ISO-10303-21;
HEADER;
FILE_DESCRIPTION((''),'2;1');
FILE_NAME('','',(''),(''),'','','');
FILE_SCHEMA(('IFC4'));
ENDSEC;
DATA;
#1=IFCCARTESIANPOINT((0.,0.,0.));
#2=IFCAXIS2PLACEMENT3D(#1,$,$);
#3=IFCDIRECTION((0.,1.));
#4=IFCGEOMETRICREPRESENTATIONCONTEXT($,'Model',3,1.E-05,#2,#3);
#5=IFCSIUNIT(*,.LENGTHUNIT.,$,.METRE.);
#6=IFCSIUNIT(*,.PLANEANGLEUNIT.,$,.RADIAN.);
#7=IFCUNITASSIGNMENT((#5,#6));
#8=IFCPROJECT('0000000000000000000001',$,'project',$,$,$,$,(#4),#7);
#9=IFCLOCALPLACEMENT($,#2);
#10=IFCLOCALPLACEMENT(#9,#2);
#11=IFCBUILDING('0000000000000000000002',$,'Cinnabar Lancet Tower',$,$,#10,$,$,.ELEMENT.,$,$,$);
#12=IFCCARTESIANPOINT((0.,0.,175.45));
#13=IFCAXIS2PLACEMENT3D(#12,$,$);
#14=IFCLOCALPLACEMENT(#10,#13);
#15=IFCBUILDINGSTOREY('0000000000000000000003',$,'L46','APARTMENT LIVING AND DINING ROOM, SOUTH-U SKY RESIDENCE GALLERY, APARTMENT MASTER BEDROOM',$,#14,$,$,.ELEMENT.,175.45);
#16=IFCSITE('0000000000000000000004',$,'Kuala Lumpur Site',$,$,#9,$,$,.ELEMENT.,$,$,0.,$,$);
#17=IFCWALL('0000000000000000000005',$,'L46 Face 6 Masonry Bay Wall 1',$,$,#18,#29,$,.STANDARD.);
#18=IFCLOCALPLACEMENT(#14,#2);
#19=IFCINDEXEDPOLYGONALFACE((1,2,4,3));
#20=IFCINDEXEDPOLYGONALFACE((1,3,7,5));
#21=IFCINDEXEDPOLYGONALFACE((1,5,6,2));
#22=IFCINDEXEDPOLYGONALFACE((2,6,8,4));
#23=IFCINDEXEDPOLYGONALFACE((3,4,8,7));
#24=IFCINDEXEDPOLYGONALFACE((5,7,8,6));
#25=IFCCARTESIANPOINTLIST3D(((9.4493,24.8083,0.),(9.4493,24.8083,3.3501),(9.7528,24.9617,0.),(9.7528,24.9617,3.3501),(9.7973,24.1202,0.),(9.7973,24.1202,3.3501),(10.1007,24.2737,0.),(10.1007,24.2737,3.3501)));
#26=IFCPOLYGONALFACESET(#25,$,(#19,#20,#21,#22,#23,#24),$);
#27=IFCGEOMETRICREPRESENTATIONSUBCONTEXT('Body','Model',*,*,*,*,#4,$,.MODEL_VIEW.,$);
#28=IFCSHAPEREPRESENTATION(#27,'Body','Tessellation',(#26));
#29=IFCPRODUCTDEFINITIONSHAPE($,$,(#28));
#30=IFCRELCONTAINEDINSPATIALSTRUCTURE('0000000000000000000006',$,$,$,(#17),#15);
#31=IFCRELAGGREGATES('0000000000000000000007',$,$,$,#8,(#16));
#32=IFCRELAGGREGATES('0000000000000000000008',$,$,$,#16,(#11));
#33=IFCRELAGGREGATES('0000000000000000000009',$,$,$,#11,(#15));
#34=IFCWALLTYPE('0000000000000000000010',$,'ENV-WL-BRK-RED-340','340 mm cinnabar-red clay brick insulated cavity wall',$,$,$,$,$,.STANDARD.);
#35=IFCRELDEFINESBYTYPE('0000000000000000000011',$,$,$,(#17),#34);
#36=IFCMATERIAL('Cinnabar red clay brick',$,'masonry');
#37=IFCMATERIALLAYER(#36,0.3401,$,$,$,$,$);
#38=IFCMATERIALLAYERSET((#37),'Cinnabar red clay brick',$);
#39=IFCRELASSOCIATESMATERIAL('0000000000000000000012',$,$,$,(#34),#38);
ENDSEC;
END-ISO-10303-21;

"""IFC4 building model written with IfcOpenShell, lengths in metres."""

from ifc_helpers import new_model, si_unit, direction, frame, frame_2d, origin, place, context, subcontext, project, spatial, rectangle, extrude, material, layer, layer_set, type_object, element, save


model = new_model("IFC4")

# Units and contexts
model_context = context("Model", 3, precision=1e-05, world=origin(), true_north=direction((0.0, 1.0)))
body_context = subcontext(model_context, "Body", "Model", "MODEL_VIEW")
ifc_project = project(units=[si_unit("LENGTHUNIT", "METRE"), si_unit("PLANEANGLEUNIT", "RADIAN")], contexts=[model_context])

# Site, building, storey
site_placement = place(None, origin())
site = spatial("IfcSite", under=ifc_project, at=site_placement, Name="Kuala Lumpur Site", CompositionType="ELEMENT", RefElevation=0.0)
building_placement = place(site_placement, origin())
building = spatial("IfcBuilding", under=site, at=building_placement, Name="Cinnabar Lancet Tower", CompositionType="ELEMENT")
storey_placement = place(building_placement, frame((0.0, 0.0, 175.45)))
storey = spatial("IfcBuildingStorey", under=building, at=storey_placement, Name="L46", Description="APARTMENT LIVING AND DINING ROOM, SOUTH-U SKY RESIDENCE GALLERY, APARTMENT MASTER BEDROOM", CompositionType="ELEMENT", Elevation=175.45)

# Shared definitions
ifc_material_1 = material(Name="Cinnabar red clay brick", Category="masonry")
ifc_layer_1 = layer(ifc_material_1, 0.3401)
ifc_layer_set_1 = layer_set([ifc_layer_1], Name="Cinnabar red clay brick")
wall_type_1 = type_object("IfcWallType", Name="ENV-WL-BRK-RED-340", Description="340 mm cinnabar-red clay brick insulated cavity wall", PredefinedType="STANDARD", material=ifc_layer_set_1)

# Wall
for number, where, z_axis, x_axis, name in (
    (1, (9.6011, 24.885, 0.0), (0.0, 0.0, 1.0), (0.451262, -0.892391, 0.0), "L46 Face 6 Masonry Bay Wall 1"),
):
    element("IfcWall", number, at=place(storey_placement, frame(where, z_axis=z_axis, x_axis=x_axis)), inside=storey, type_object=wall_type_1, Name=name, PredefinedType="STANDARD", context=body_context, shape_type="SweptSolid", body=[
        extrude(rectangle(XDim=0.771, YDim=0.3401, at=frame_2d((0.3855, 0.0))), origin(), (0.0, 0.0, 1.0), 3.3501),
    ])

save(model, "model.ifc")
